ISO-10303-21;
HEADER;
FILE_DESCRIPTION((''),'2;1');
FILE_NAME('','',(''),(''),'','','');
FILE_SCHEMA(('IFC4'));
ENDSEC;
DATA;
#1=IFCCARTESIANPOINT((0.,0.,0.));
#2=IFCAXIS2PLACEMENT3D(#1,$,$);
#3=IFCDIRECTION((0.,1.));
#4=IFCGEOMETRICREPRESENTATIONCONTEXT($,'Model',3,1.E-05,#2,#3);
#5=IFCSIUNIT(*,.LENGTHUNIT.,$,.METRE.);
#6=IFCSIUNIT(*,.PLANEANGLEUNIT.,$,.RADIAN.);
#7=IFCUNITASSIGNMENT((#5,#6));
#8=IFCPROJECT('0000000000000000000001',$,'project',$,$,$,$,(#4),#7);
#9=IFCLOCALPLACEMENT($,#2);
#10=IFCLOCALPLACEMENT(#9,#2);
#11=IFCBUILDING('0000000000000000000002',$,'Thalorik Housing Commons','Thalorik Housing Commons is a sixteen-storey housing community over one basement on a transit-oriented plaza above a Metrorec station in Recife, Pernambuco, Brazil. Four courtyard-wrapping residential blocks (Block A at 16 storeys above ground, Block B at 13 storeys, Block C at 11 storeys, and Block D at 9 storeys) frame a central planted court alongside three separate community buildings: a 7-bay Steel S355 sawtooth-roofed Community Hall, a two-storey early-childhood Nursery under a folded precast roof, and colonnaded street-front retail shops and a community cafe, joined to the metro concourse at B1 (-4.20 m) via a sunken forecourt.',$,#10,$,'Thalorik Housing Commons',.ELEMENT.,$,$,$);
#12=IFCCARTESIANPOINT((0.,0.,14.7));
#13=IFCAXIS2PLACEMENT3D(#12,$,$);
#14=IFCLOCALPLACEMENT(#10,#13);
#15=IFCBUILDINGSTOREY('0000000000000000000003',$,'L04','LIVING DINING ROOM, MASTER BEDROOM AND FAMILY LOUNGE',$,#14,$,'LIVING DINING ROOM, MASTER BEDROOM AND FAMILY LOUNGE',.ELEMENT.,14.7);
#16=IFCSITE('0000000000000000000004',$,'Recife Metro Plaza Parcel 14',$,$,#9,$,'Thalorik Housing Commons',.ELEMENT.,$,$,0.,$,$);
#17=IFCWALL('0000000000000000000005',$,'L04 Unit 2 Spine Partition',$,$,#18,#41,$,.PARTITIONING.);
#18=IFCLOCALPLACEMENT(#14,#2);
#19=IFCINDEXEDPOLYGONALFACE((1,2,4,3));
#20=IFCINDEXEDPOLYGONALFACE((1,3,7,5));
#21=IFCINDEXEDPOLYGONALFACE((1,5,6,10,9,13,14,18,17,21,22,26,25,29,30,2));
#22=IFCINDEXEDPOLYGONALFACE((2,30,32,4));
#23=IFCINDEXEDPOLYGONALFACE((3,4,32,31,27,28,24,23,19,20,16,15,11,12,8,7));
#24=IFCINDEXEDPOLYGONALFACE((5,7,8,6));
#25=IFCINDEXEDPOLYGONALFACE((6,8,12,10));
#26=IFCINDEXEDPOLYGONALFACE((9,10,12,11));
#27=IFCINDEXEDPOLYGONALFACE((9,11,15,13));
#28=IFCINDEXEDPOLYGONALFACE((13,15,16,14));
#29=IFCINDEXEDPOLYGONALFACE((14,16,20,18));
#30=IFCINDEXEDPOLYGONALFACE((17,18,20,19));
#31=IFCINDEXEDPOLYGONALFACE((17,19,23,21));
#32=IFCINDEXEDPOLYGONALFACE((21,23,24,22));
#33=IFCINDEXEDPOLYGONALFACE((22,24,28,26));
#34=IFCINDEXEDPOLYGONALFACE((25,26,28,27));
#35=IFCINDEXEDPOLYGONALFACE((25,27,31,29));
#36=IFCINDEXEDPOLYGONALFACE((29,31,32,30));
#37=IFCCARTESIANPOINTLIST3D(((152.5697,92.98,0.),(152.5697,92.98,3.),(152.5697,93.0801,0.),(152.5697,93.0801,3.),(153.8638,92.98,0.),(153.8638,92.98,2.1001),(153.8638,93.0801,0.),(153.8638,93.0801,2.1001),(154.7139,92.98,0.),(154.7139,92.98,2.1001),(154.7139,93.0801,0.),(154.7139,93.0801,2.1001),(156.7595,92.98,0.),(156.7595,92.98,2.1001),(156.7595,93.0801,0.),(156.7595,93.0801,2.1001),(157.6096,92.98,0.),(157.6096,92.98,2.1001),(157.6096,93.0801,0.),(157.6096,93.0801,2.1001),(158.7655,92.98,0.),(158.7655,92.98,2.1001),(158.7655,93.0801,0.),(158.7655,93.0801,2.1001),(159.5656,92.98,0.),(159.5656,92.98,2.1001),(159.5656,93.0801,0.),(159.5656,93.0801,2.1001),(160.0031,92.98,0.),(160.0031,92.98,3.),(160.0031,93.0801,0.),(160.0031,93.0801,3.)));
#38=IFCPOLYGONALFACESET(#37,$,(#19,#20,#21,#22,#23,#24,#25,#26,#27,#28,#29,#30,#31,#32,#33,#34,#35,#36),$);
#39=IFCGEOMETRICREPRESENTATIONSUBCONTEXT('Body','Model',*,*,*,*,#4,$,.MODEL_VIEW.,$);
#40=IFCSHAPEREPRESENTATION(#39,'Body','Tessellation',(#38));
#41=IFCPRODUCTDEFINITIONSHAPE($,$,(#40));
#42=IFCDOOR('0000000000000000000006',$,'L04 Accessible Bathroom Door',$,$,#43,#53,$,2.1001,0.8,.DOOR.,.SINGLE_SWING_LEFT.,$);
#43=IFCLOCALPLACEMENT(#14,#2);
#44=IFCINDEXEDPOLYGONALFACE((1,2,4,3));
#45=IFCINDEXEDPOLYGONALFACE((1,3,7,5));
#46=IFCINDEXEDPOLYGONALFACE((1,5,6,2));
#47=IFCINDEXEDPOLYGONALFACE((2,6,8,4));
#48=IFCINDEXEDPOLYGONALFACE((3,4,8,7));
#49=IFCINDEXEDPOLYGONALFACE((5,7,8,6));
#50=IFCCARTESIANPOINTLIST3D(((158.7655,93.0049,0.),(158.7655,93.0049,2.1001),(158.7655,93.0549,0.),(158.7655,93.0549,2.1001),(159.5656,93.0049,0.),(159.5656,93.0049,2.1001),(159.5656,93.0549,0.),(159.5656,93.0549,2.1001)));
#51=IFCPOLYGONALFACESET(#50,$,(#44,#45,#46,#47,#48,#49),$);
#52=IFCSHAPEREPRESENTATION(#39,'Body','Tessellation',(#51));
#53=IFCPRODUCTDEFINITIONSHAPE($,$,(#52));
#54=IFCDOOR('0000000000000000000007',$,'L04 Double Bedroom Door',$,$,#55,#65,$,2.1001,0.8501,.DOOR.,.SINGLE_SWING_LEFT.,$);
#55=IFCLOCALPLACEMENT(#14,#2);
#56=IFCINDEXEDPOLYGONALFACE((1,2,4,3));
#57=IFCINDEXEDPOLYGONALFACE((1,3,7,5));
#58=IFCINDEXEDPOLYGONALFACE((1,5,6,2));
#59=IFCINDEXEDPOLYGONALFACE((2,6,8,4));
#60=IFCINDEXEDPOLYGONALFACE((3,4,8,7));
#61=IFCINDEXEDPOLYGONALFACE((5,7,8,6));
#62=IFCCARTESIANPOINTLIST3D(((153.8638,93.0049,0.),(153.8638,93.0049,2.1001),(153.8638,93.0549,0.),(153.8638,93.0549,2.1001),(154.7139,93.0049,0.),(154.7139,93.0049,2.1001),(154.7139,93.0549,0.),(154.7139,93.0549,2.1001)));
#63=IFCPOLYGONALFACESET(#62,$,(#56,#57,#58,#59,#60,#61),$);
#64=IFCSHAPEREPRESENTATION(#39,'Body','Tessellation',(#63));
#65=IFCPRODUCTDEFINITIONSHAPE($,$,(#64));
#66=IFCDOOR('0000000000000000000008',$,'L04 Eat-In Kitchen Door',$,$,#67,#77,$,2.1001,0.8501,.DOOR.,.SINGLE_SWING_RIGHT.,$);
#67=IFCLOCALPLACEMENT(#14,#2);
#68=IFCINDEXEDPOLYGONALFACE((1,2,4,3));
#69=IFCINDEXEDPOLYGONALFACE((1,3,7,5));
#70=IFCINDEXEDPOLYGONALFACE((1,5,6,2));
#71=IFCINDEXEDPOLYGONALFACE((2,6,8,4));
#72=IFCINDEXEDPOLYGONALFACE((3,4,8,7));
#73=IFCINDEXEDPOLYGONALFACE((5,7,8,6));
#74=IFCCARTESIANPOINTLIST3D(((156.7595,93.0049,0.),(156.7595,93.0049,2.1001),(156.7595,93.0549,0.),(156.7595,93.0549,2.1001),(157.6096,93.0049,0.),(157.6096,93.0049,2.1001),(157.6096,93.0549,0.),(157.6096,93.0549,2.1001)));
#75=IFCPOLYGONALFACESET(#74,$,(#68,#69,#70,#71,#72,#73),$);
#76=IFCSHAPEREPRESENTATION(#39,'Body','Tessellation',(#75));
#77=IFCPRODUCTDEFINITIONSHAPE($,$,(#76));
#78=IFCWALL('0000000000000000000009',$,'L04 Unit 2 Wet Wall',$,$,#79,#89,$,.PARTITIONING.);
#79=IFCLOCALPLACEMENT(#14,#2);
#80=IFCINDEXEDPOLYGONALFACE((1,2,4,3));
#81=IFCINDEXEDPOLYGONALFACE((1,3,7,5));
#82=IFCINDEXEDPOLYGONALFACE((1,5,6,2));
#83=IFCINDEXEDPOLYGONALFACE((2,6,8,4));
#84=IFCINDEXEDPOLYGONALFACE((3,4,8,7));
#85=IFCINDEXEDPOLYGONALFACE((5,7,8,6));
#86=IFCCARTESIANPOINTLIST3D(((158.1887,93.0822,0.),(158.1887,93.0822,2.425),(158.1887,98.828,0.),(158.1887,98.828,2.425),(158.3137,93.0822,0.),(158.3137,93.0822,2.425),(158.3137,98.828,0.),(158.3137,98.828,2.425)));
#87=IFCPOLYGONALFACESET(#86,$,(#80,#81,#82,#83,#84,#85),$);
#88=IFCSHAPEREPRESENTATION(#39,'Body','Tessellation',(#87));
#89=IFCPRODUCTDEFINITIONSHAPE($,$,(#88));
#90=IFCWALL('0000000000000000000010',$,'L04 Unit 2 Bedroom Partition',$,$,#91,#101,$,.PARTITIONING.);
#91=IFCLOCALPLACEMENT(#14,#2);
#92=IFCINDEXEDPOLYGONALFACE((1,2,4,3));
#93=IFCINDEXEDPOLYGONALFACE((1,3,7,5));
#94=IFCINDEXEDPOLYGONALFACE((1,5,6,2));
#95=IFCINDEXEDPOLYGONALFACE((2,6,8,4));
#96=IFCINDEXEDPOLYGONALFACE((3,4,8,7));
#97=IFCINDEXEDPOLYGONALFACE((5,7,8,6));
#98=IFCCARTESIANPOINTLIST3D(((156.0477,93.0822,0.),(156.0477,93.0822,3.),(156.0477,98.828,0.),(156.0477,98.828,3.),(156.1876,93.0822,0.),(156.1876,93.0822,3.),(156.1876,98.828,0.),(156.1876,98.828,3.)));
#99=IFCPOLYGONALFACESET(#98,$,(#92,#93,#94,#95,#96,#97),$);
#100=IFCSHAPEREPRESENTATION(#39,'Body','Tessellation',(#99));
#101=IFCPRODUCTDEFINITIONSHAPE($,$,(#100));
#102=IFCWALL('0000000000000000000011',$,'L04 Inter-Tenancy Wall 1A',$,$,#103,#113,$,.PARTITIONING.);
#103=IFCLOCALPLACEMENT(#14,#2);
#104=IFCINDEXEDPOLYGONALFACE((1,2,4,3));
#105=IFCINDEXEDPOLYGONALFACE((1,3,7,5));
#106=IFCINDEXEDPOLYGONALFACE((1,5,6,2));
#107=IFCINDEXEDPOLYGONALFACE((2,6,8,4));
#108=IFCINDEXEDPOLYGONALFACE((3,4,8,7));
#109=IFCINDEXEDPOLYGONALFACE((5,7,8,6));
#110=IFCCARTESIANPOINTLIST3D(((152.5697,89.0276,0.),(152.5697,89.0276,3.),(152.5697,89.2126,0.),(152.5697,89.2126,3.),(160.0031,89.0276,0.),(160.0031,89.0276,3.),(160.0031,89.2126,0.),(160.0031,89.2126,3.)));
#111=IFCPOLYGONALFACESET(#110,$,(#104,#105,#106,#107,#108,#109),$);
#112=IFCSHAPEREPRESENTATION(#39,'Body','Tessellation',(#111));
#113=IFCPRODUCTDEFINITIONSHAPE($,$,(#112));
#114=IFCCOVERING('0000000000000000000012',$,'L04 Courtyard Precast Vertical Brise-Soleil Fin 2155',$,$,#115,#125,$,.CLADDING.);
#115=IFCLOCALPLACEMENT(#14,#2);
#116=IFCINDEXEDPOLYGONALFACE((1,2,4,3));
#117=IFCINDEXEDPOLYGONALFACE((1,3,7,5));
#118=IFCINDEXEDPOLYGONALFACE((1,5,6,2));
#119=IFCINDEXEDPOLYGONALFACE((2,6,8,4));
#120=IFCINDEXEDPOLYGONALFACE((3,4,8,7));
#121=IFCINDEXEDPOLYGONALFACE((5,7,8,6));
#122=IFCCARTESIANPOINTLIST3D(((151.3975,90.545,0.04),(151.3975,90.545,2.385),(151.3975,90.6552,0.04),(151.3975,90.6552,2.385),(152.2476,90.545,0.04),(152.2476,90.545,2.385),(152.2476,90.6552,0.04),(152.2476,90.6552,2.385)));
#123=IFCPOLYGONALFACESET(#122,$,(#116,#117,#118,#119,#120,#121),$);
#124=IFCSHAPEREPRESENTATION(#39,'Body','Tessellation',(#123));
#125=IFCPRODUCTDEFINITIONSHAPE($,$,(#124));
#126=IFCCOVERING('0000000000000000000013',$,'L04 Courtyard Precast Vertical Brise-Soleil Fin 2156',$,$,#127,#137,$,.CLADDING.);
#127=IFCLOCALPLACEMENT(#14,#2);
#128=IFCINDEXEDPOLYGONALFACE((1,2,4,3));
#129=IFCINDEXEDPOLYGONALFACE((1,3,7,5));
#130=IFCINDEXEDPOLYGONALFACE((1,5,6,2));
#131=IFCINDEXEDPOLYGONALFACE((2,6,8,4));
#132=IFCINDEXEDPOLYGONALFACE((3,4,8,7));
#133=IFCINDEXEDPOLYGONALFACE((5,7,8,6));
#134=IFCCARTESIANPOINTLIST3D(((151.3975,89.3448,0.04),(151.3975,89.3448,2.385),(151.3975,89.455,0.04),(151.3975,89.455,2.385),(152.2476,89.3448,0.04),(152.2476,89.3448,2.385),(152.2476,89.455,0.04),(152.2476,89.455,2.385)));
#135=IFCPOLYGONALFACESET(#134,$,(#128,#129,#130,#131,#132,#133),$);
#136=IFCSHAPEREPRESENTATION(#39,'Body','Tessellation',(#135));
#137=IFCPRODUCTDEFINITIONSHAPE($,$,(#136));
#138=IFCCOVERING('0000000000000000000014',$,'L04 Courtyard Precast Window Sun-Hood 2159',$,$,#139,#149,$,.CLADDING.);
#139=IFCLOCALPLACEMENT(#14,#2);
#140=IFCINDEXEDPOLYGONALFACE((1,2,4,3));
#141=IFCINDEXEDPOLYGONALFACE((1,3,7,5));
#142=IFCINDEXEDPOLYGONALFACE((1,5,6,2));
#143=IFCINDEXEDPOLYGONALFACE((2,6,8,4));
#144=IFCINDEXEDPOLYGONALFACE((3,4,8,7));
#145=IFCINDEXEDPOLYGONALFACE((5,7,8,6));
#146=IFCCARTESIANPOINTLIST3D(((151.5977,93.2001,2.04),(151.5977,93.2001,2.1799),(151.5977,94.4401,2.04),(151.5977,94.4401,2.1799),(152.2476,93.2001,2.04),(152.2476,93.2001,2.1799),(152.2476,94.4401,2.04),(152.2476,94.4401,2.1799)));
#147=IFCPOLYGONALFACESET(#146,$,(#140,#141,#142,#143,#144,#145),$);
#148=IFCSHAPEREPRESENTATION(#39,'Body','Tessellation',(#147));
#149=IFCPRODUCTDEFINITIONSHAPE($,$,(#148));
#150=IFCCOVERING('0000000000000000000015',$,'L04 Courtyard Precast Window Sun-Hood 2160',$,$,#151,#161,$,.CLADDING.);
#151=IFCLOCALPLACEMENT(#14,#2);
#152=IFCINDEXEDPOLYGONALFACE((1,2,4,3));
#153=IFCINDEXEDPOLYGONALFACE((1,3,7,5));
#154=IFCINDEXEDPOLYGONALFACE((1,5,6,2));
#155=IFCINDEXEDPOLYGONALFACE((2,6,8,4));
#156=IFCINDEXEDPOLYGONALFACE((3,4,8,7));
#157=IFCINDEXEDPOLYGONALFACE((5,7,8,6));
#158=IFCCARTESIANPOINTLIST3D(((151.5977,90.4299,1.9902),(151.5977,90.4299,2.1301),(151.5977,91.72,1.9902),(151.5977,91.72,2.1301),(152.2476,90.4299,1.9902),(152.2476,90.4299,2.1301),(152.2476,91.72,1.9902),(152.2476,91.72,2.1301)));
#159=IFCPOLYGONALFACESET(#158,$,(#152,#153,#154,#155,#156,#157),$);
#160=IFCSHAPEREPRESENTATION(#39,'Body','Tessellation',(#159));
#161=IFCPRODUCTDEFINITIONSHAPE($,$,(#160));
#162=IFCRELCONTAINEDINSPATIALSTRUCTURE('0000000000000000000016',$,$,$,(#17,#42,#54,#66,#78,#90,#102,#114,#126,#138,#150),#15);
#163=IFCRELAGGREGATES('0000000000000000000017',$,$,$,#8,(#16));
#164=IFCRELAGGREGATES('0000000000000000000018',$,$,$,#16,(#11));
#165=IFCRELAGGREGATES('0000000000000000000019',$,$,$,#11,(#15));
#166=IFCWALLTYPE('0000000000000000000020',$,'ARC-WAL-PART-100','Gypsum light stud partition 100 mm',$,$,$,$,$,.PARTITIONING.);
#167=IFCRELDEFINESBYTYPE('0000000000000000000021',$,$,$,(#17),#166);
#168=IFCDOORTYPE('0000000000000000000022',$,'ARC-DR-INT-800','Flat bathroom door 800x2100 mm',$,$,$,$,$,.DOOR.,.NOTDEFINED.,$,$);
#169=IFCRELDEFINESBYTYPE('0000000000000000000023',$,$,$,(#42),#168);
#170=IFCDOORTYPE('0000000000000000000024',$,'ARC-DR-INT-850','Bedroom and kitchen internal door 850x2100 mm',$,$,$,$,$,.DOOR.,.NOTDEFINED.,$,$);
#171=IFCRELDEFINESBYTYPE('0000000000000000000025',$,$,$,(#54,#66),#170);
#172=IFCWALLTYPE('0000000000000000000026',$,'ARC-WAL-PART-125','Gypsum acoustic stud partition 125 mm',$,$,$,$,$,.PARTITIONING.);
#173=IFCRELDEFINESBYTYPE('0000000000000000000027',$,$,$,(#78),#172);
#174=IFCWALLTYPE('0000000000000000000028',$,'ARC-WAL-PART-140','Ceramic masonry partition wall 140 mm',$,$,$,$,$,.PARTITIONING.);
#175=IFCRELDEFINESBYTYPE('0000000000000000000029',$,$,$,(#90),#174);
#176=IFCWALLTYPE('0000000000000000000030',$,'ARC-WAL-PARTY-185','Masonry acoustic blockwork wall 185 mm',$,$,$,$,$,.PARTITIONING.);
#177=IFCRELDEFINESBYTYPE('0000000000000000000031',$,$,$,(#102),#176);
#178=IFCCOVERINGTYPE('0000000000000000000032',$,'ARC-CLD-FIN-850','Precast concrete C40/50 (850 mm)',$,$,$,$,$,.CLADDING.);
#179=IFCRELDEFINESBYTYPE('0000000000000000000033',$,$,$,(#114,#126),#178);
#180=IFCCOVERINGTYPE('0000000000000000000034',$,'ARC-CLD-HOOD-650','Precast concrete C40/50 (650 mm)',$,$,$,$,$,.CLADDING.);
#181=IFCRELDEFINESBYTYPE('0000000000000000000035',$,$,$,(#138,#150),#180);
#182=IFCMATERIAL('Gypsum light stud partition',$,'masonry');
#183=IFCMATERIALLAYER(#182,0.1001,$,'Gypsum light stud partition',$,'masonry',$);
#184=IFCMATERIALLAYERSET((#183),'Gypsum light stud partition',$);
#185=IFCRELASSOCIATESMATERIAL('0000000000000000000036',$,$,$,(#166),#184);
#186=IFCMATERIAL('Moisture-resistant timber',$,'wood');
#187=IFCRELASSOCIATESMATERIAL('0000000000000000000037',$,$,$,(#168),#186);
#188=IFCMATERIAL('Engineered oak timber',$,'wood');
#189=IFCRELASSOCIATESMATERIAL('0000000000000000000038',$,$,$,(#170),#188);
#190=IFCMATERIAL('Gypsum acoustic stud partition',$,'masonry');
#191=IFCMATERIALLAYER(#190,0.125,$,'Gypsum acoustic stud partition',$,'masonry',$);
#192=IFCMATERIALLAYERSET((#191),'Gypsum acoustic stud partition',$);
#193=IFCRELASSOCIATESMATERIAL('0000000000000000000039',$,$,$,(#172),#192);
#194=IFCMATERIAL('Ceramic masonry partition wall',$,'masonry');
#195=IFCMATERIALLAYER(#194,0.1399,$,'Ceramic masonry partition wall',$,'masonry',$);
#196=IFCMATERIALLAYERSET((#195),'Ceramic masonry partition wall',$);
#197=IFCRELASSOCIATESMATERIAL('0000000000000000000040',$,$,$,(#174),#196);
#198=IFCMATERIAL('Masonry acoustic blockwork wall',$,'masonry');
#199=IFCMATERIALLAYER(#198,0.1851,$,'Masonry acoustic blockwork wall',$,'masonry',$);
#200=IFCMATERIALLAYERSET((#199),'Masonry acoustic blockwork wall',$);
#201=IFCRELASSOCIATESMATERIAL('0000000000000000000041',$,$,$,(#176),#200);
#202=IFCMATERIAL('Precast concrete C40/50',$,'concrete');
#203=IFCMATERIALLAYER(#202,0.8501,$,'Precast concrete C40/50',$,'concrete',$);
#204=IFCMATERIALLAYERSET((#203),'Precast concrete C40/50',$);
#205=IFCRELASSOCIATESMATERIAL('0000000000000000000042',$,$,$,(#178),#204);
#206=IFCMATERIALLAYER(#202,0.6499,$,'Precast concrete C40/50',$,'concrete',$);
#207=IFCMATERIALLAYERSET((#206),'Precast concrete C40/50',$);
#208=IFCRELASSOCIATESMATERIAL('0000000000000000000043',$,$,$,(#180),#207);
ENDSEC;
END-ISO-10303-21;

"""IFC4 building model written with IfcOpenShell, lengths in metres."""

from ifc_helpers import new_model, si_unit, direction, frame, frame_2d, origin, origin_2d, place, context, subcontext, project, spatial, rectangle, extrude, material, layer, layer_set, type_object, element, fill, save


model = new_model("IFC4")

# Units and contexts
model_context = context("Model", 3, precision=1e-05, world=origin(), true_north=direction((0.0, 1.0)))
body_context = subcontext(model_context, "Body", "Model", "MODEL_VIEW")
ifc_project = project(units=[si_unit("LENGTHUNIT", "METRE"), si_unit("PLANEANGLEUNIT", "RADIAN")], contexts=[model_context])

# Site, building, storey
site_placement = place(None, origin())
site = spatial("IfcSite", under=ifc_project, at=site_placement, Name="Recife Metro Plaza Parcel 14", LongName="Thalorik Housing Commons", CompositionType="ELEMENT", RefElevation=0.0)
building_placement = place(site_placement, origin())
building = spatial("IfcBuilding", under=site, at=building_placement, Name="Thalorik Housing Commons", Description="Thalorik Housing Commons is a sixteen-storey housing community over one basement on a transit-oriented plaza above a Metrorec station in Recife, Pernambuco, Brazil. Four courtyard-wrapping residential blocks (Block A at 16 storeys above ground, Block B at 13 storeys, Block C at 11 storeys, and Block D at 9 storeys) frame a central planted court alongside three separate community buildings: a 7-bay Steel S355 sawtooth-roofed Community Hall, a two-storey early-childhood Nursery under a folded precast roof, and colonnaded street-front retail shops and a community cafe, joined to the metro concourse at B1 (-4.20 m) via a sunken forecourt.", LongName="Thalorik Housing Commons", CompositionType="ELEMENT")
storey_placement = place(building_placement, frame((0.0, 0.0, 14.7)))
storey = spatial("IfcBuildingStorey", under=building, at=storey_placement, Name="L04", Description="LIVING DINING ROOM, MASTER BEDROOM AND FAMILY LOUNGE", LongName="LIVING DINING ROOM, MASTER BEDROOM AND FAMILY LOUNGE", CompositionType="ELEMENT", Elevation=14.7)

# Shared definitions
ifc_material_1 = material(Name="Precast concrete C40/50", Category="concrete")

# Wall, openings, doors
ifc_material_2 = material(Name="Gypsum light stud partition", Category="masonry")
ifc_layer_1 = layer(ifc_material_2, 0.1001, Name="Gypsum light stud partition", Category="masonry")
ifc_layer_set_1 = layer_set([ifc_layer_1], Name="Gypsum light stud partition")
wall_type_1 = type_object("IfcWallType", Name="ARC-WAL-PART-100", Description="Gypsum light stud partition 100 mm", PredefinedType="PARTITIONING", material=ifc_layer_set_1)
wall_1_placement = place(storey_placement, frame((152.5696, 93.03, 0.0), z_axis=(0.0, 0.0, 1.0), x_axis=(1.0, 0.0, 0.0)))
wall_1 = element("IfcWall", 1, at=wall_1_placement, inside=storey, type_object=wall_type_1, Name="L04 Unit 2 Spine Partition", PredefinedType="PARTITIONING", context=body_context, shape_type="SweptSolid", body=[
    extrude(rectangle(XDim=7.4333, YDim=0.1001, at=frame_2d((3.7168, 0.0))), origin(), (0.0, 0.0, 1.0), 3.0),
])
opening_1_placement = place(wall_1_placement, frame((1.2942, 0.0, 0.0)))
opening_1 = element("IfcOpeningElement", 2, at=opening_1_placement, cuts=wall_1, PredefinedType="OPENING", context=body_context, shape_type="SweptSolid", body=[
    extrude(rectangle(XDim=0.8501, YDim=2.1001, at=frame_2d((0.425, 1.05))), frame((0.0, 0.0601, 0.0), z_axis=(0.0, -1.0, 0.0), x_axis=(1.0, 0.0, 0.0)), (0.0, 0.0, 1.0), 0.1201),
])
opening_2_placement = place(wall_1_placement, frame((4.1899, 0.0, 0.0)))
opening_2 = element("IfcOpeningElement", 3, at=opening_2_placement, cuts=wall_1, PredefinedType="OPENING", context=body_context, shape_type="SweptSolid", body=[
    extrude(rectangle(XDim=0.8501, YDim=2.1001, at=frame_2d((0.425, 1.05))), frame((0.0, 0.0601, 0.0), z_axis=(0.0, -1.0, 0.0), x_axis=(1.0, 0.0, 0.0)), (0.0, 0.0, 1.0), 0.1201),
])
opening_3_placement = place(wall_1_placement, frame((6.196, 0.0, 0.0)))
opening_3 = element("IfcOpeningElement", 4, at=opening_3_placement, cuts=wall_1, PredefinedType="OPENING", context=body_context, shape_type="SweptSolid", body=[
    extrude(rectangle(XDim=0.8, YDim=2.1001, at=frame_2d((0.3999, 1.05))), frame((0.0, 0.0601, 0.0), z_axis=(0.0, -1.0, 0.0), x_axis=(1.0, 0.0, 0.0)), (0.0, 0.0, 1.0), 0.1201),
])
ifc_material_3 = material(Name="Moisture-resistant timber", Category="wood")
door_type_1 = type_object("IfcDoorType", Name="ARC-DR-INT-800", Description="Flat bathroom door 800x2100 mm", OperationType="NOTDEFINED", PredefinedType="DOOR", material=ifc_material_3)
door_1_placement = place(opening_3_placement, origin())
door_1 = element("IfcDoor", 5, at=door_1_placement, inside=storey, type_object=door_type_1, Name="L04 Accessible Bathroom Door", OperationType="SINGLE_SWING_LEFT", OverallHeight=2.1001, OverallWidth=0.8, PredefinedType="DOOR", context=body_context, shape_type="SweptSolid", body=[
    extrude(rectangle(XDim=0.8, YDim=2.1001, at=frame_2d((0.3999, 1.05))), frame((0.0, 0.0249, 0.0), z_axis=(0.0, -1.0, 0.0), x_axis=(1.0, 0.0, 0.0)), (0.0, 0.0, 1.0), 0.05),
])
fill(opening_3, door_1)
ifc_material_4 = material(Name="Engineered oak timber", Category="wood")
door_type_2 = type_object("IfcDoorType", Name="ARC-DR-INT-850", Description="Bedroom and kitchen internal door 850x2100 mm", OperationType="NOTDEFINED", PredefinedType="DOOR", material=ifc_material_4)
door_2_placement = place(opening_1_placement, origin())
door_2 = element("IfcDoor", 6, at=door_2_placement, inside=storey, type_object=door_type_2, Name="L04 Double Bedroom Door", OperationType="SINGLE_SWING_LEFT", OverallHeight=2.1001, OverallWidth=0.8501, PredefinedType="DOOR", context=body_context, shape_type="SweptSolid", body=[
    extrude(rectangle(XDim=0.8501, YDim=2.1001, at=frame_2d((0.425, 1.05))), frame((0.0, 0.0249, 0.0), z_axis=(0.0, -1.0, 0.0), x_axis=(1.0, 0.0, 0.0)), (0.0, 0.0, 1.0), 0.05),
])
fill(opening_1, door_2)
door_3_placement = place(opening_2_placement, origin())
door_3 = element("IfcDoor", 7, at=door_3_placement, inside=storey, type_object=door_type_2, Name="L04 Eat-In Kitchen Door", OperationType="SINGLE_SWING_RIGHT", OverallHeight=2.1001, OverallWidth=0.8501, PredefinedType="DOOR", context=body_context, shape_type="SweptSolid", body=[
    extrude(rectangle(XDim=0.8501, YDim=2.1001, at=frame_2d((0.425, 1.05))), frame((0.0, 0.0249, 0.0), z_axis=(0.0, -1.0, 0.0), x_axis=(1.0, 0.0, 0.0)), (0.0, 0.0, 1.0), 0.05),
])
fill(opening_2, door_3)

# Walls
ifc_material_5 = material(Name="Gypsum acoustic stud partition", Category="masonry")
ifc_layer_2 = layer(ifc_material_5, 0.125, Name="Gypsum acoustic stud partition", Category="masonry")
ifc_layer_set_2 = layer_set([ifc_layer_2], Name="Gypsum acoustic stud partition")
wall_type_2 = type_object("IfcWallType", Name="ARC-WAL-PART-125", Description="Gypsum acoustic stud partition 125 mm", PredefinedType="PARTITIONING", material=ifc_layer_set_2)
wall_2_placement = place(storey_placement, frame((158.2512, 93.082, 0.0), z_axis=(0.0, 0.0, 1.0), x_axis=(0.0, 1.0, 0.0)))
element("IfcWall", 8, at=wall_2_placement, inside=storey, type_object=wall_type_2, Name="L04 Unit 2 Wet Wall", PredefinedType="PARTITIONING", context=body_context, shape_type="SweptSolid", body=[
    extrude(rectangle(XDim=5.7458, YDim=0.125, at=frame_2d((2.873, 0.0))), origin(), (0.0, 0.0, 1.0), 2.425),
])
ifc_material_6 = material(Name="Ceramic masonry partition wall", Category="masonry")
ifc_layer_3 = layer(ifc_material_6, 0.1399, Name="Ceramic masonry partition wall", Category="masonry")
ifc_layer_set_3 = layer_set([ifc_layer_3], Name="Ceramic masonry partition wall")
wall_type_3 = type_object("IfcWallType", Name="ARC-WAL-PART-140", Description="Ceramic masonry partition wall 140 mm", PredefinedType="PARTITIONING", material=ifc_layer_set_3)
wall_3_placement = place(storey_placement, frame((156.1177, 93.082, 0.0), z_axis=(0.0, 0.0, 1.0), x_axis=(0.0, 1.0, 0.0)))
element("IfcWall", 9, at=wall_3_placement, inside=storey, type_object=wall_type_3, Name="L04 Unit 2 Bedroom Partition", PredefinedType="PARTITIONING", context=body_context, shape_type="SweptSolid", body=[
    extrude(rectangle(XDim=5.7458, YDim=0.1399, at=frame_2d((2.873, 0.0))), origin(), (0.0, 0.0, 1.0), 3.0),
])
ifc_material_7 = material(Name="Masonry acoustic blockwork wall", Category="masonry")
ifc_layer_4 = layer(ifc_material_7, 0.1851, Name="Masonry acoustic blockwork wall", Category="masonry")
ifc_layer_set_4 = layer_set([ifc_layer_4], Name="Masonry acoustic blockwork wall")
wall_type_4 = type_object("IfcWallType", Name="ARC-WAL-PARTY-185", Description="Masonry acoustic blockwork wall 185 mm", PredefinedType="PARTITIONING", material=ifc_layer_set_4)
wall_4_placement = place(storey_placement, frame((152.5696, 89.1201, 0.0), z_axis=(0.0, 0.0, 1.0), x_axis=(1.0, 0.0, 0.0)))
element("IfcWall", 10, at=wall_4_placement, inside=storey, type_object=wall_type_4, Name="L04 Inter-Tenancy Wall 1A", PredefinedType="PARTITIONING", context=body_context, shape_type="SweptSolid", body=[
    extrude(rectangle(XDim=7.4333, YDim=0.1851, at=frame_2d((3.7168, 0.0))), origin(), (0.0, 0.0, 1.0), 3.0),
])

# Coverings
ifc_layer_5 = layer(ifc_material_1, 0.8501, Name="Precast concrete C40/50", Category="concrete")
ifc_layer_set_5 = layer_set([ifc_layer_5], Name="Precast concrete C40/50")
covering_type_1 = type_object("IfcCoveringType", Name="ARC-CLD-FIN-850", Description="Precast concrete C40/50 (850 mm)", PredefinedType="CLADDING", material=ifc_layer_set_5)
for number, where, z_axis, x_axis, name in (
    (11, (151.8225, 90.6001, 0.04), (0.0, 0.0, 1.0), (0.0, -1.0, 0.0), "L04 Courtyard Precast Vertical Brise-Soleil Fin 2155"),
    (12, (151.8225, 89.3999, 0.04), (0.0, 0.0, 1.0), (0.0, -1.0, 0.0), "L04 Courtyard Precast Vertical Brise-Soleil Fin 2156"),
):
    element("IfcCovering", number, at=place(storey_placement, frame(where, z_axis=z_axis, x_axis=x_axis)), inside=storey, type_object=covering_type_1, Name=name, PredefinedType="CLADDING", context=body_context, shape_type="SweptSolid", body=[
        extrude(rectangle(XDim=0.1101, YDim=0.8501, at=origin_2d()), origin(), (0.0, 0.0, 1.0), 2.345),
    ])
ifc_layer_6 = layer(ifc_material_1, 0.6499, Name="Precast concrete C40/50", Category="concrete")
ifc_layer_set_6 = layer_set([ifc_layer_6], Name="Precast concrete C40/50")
covering_type_2 = type_object("IfcCoveringType", Name="ARC-CLD-HOOD-650", Description="Precast concrete C40/50 (650 mm)", PredefinedType="CLADDING", material=ifc_layer_set_6)
covering_1_placement = place(storey_placement, frame((151.9226, 93.8201, 2.04), z_axis=(0.0, 0.0, 1.0), x_axis=(0.0, -1.0, 0.0)))
element("IfcCovering", 13, at=covering_1_placement, inside=storey, type_object=covering_type_2, Name="L04 Courtyard Precast Window Sun-Hood 2159", PredefinedType="CLADDING", context=body_context, shape_type="SweptSolid", body=[
    extrude(rectangle(XDim=1.24, YDim=0.6499, at=origin_2d()), origin(), (0.0, 0.0, 1.0), 0.1399),
])
covering_2_placement = place(storey_placement, frame((151.9226, 91.075, 1.9902), z_axis=(0.0, 0.0, 1.0), x_axis=(0.0, -1.0, 0.0)))
element("IfcCovering", 14, at=covering_2_placement, inside=storey, type_object=covering_type_2, Name="L04 Courtyard Precast Window Sun-Hood 2160", PredefinedType="CLADDING", context=body_context, shape_type="SweptSolid", body=[
    extrude(rectangle(XDim=1.29, YDim=0.6499, at=origin_2d()), origin(), (0.0, 0.0, 1.0), 0.1399),
])

save(model, "model.ifc")
